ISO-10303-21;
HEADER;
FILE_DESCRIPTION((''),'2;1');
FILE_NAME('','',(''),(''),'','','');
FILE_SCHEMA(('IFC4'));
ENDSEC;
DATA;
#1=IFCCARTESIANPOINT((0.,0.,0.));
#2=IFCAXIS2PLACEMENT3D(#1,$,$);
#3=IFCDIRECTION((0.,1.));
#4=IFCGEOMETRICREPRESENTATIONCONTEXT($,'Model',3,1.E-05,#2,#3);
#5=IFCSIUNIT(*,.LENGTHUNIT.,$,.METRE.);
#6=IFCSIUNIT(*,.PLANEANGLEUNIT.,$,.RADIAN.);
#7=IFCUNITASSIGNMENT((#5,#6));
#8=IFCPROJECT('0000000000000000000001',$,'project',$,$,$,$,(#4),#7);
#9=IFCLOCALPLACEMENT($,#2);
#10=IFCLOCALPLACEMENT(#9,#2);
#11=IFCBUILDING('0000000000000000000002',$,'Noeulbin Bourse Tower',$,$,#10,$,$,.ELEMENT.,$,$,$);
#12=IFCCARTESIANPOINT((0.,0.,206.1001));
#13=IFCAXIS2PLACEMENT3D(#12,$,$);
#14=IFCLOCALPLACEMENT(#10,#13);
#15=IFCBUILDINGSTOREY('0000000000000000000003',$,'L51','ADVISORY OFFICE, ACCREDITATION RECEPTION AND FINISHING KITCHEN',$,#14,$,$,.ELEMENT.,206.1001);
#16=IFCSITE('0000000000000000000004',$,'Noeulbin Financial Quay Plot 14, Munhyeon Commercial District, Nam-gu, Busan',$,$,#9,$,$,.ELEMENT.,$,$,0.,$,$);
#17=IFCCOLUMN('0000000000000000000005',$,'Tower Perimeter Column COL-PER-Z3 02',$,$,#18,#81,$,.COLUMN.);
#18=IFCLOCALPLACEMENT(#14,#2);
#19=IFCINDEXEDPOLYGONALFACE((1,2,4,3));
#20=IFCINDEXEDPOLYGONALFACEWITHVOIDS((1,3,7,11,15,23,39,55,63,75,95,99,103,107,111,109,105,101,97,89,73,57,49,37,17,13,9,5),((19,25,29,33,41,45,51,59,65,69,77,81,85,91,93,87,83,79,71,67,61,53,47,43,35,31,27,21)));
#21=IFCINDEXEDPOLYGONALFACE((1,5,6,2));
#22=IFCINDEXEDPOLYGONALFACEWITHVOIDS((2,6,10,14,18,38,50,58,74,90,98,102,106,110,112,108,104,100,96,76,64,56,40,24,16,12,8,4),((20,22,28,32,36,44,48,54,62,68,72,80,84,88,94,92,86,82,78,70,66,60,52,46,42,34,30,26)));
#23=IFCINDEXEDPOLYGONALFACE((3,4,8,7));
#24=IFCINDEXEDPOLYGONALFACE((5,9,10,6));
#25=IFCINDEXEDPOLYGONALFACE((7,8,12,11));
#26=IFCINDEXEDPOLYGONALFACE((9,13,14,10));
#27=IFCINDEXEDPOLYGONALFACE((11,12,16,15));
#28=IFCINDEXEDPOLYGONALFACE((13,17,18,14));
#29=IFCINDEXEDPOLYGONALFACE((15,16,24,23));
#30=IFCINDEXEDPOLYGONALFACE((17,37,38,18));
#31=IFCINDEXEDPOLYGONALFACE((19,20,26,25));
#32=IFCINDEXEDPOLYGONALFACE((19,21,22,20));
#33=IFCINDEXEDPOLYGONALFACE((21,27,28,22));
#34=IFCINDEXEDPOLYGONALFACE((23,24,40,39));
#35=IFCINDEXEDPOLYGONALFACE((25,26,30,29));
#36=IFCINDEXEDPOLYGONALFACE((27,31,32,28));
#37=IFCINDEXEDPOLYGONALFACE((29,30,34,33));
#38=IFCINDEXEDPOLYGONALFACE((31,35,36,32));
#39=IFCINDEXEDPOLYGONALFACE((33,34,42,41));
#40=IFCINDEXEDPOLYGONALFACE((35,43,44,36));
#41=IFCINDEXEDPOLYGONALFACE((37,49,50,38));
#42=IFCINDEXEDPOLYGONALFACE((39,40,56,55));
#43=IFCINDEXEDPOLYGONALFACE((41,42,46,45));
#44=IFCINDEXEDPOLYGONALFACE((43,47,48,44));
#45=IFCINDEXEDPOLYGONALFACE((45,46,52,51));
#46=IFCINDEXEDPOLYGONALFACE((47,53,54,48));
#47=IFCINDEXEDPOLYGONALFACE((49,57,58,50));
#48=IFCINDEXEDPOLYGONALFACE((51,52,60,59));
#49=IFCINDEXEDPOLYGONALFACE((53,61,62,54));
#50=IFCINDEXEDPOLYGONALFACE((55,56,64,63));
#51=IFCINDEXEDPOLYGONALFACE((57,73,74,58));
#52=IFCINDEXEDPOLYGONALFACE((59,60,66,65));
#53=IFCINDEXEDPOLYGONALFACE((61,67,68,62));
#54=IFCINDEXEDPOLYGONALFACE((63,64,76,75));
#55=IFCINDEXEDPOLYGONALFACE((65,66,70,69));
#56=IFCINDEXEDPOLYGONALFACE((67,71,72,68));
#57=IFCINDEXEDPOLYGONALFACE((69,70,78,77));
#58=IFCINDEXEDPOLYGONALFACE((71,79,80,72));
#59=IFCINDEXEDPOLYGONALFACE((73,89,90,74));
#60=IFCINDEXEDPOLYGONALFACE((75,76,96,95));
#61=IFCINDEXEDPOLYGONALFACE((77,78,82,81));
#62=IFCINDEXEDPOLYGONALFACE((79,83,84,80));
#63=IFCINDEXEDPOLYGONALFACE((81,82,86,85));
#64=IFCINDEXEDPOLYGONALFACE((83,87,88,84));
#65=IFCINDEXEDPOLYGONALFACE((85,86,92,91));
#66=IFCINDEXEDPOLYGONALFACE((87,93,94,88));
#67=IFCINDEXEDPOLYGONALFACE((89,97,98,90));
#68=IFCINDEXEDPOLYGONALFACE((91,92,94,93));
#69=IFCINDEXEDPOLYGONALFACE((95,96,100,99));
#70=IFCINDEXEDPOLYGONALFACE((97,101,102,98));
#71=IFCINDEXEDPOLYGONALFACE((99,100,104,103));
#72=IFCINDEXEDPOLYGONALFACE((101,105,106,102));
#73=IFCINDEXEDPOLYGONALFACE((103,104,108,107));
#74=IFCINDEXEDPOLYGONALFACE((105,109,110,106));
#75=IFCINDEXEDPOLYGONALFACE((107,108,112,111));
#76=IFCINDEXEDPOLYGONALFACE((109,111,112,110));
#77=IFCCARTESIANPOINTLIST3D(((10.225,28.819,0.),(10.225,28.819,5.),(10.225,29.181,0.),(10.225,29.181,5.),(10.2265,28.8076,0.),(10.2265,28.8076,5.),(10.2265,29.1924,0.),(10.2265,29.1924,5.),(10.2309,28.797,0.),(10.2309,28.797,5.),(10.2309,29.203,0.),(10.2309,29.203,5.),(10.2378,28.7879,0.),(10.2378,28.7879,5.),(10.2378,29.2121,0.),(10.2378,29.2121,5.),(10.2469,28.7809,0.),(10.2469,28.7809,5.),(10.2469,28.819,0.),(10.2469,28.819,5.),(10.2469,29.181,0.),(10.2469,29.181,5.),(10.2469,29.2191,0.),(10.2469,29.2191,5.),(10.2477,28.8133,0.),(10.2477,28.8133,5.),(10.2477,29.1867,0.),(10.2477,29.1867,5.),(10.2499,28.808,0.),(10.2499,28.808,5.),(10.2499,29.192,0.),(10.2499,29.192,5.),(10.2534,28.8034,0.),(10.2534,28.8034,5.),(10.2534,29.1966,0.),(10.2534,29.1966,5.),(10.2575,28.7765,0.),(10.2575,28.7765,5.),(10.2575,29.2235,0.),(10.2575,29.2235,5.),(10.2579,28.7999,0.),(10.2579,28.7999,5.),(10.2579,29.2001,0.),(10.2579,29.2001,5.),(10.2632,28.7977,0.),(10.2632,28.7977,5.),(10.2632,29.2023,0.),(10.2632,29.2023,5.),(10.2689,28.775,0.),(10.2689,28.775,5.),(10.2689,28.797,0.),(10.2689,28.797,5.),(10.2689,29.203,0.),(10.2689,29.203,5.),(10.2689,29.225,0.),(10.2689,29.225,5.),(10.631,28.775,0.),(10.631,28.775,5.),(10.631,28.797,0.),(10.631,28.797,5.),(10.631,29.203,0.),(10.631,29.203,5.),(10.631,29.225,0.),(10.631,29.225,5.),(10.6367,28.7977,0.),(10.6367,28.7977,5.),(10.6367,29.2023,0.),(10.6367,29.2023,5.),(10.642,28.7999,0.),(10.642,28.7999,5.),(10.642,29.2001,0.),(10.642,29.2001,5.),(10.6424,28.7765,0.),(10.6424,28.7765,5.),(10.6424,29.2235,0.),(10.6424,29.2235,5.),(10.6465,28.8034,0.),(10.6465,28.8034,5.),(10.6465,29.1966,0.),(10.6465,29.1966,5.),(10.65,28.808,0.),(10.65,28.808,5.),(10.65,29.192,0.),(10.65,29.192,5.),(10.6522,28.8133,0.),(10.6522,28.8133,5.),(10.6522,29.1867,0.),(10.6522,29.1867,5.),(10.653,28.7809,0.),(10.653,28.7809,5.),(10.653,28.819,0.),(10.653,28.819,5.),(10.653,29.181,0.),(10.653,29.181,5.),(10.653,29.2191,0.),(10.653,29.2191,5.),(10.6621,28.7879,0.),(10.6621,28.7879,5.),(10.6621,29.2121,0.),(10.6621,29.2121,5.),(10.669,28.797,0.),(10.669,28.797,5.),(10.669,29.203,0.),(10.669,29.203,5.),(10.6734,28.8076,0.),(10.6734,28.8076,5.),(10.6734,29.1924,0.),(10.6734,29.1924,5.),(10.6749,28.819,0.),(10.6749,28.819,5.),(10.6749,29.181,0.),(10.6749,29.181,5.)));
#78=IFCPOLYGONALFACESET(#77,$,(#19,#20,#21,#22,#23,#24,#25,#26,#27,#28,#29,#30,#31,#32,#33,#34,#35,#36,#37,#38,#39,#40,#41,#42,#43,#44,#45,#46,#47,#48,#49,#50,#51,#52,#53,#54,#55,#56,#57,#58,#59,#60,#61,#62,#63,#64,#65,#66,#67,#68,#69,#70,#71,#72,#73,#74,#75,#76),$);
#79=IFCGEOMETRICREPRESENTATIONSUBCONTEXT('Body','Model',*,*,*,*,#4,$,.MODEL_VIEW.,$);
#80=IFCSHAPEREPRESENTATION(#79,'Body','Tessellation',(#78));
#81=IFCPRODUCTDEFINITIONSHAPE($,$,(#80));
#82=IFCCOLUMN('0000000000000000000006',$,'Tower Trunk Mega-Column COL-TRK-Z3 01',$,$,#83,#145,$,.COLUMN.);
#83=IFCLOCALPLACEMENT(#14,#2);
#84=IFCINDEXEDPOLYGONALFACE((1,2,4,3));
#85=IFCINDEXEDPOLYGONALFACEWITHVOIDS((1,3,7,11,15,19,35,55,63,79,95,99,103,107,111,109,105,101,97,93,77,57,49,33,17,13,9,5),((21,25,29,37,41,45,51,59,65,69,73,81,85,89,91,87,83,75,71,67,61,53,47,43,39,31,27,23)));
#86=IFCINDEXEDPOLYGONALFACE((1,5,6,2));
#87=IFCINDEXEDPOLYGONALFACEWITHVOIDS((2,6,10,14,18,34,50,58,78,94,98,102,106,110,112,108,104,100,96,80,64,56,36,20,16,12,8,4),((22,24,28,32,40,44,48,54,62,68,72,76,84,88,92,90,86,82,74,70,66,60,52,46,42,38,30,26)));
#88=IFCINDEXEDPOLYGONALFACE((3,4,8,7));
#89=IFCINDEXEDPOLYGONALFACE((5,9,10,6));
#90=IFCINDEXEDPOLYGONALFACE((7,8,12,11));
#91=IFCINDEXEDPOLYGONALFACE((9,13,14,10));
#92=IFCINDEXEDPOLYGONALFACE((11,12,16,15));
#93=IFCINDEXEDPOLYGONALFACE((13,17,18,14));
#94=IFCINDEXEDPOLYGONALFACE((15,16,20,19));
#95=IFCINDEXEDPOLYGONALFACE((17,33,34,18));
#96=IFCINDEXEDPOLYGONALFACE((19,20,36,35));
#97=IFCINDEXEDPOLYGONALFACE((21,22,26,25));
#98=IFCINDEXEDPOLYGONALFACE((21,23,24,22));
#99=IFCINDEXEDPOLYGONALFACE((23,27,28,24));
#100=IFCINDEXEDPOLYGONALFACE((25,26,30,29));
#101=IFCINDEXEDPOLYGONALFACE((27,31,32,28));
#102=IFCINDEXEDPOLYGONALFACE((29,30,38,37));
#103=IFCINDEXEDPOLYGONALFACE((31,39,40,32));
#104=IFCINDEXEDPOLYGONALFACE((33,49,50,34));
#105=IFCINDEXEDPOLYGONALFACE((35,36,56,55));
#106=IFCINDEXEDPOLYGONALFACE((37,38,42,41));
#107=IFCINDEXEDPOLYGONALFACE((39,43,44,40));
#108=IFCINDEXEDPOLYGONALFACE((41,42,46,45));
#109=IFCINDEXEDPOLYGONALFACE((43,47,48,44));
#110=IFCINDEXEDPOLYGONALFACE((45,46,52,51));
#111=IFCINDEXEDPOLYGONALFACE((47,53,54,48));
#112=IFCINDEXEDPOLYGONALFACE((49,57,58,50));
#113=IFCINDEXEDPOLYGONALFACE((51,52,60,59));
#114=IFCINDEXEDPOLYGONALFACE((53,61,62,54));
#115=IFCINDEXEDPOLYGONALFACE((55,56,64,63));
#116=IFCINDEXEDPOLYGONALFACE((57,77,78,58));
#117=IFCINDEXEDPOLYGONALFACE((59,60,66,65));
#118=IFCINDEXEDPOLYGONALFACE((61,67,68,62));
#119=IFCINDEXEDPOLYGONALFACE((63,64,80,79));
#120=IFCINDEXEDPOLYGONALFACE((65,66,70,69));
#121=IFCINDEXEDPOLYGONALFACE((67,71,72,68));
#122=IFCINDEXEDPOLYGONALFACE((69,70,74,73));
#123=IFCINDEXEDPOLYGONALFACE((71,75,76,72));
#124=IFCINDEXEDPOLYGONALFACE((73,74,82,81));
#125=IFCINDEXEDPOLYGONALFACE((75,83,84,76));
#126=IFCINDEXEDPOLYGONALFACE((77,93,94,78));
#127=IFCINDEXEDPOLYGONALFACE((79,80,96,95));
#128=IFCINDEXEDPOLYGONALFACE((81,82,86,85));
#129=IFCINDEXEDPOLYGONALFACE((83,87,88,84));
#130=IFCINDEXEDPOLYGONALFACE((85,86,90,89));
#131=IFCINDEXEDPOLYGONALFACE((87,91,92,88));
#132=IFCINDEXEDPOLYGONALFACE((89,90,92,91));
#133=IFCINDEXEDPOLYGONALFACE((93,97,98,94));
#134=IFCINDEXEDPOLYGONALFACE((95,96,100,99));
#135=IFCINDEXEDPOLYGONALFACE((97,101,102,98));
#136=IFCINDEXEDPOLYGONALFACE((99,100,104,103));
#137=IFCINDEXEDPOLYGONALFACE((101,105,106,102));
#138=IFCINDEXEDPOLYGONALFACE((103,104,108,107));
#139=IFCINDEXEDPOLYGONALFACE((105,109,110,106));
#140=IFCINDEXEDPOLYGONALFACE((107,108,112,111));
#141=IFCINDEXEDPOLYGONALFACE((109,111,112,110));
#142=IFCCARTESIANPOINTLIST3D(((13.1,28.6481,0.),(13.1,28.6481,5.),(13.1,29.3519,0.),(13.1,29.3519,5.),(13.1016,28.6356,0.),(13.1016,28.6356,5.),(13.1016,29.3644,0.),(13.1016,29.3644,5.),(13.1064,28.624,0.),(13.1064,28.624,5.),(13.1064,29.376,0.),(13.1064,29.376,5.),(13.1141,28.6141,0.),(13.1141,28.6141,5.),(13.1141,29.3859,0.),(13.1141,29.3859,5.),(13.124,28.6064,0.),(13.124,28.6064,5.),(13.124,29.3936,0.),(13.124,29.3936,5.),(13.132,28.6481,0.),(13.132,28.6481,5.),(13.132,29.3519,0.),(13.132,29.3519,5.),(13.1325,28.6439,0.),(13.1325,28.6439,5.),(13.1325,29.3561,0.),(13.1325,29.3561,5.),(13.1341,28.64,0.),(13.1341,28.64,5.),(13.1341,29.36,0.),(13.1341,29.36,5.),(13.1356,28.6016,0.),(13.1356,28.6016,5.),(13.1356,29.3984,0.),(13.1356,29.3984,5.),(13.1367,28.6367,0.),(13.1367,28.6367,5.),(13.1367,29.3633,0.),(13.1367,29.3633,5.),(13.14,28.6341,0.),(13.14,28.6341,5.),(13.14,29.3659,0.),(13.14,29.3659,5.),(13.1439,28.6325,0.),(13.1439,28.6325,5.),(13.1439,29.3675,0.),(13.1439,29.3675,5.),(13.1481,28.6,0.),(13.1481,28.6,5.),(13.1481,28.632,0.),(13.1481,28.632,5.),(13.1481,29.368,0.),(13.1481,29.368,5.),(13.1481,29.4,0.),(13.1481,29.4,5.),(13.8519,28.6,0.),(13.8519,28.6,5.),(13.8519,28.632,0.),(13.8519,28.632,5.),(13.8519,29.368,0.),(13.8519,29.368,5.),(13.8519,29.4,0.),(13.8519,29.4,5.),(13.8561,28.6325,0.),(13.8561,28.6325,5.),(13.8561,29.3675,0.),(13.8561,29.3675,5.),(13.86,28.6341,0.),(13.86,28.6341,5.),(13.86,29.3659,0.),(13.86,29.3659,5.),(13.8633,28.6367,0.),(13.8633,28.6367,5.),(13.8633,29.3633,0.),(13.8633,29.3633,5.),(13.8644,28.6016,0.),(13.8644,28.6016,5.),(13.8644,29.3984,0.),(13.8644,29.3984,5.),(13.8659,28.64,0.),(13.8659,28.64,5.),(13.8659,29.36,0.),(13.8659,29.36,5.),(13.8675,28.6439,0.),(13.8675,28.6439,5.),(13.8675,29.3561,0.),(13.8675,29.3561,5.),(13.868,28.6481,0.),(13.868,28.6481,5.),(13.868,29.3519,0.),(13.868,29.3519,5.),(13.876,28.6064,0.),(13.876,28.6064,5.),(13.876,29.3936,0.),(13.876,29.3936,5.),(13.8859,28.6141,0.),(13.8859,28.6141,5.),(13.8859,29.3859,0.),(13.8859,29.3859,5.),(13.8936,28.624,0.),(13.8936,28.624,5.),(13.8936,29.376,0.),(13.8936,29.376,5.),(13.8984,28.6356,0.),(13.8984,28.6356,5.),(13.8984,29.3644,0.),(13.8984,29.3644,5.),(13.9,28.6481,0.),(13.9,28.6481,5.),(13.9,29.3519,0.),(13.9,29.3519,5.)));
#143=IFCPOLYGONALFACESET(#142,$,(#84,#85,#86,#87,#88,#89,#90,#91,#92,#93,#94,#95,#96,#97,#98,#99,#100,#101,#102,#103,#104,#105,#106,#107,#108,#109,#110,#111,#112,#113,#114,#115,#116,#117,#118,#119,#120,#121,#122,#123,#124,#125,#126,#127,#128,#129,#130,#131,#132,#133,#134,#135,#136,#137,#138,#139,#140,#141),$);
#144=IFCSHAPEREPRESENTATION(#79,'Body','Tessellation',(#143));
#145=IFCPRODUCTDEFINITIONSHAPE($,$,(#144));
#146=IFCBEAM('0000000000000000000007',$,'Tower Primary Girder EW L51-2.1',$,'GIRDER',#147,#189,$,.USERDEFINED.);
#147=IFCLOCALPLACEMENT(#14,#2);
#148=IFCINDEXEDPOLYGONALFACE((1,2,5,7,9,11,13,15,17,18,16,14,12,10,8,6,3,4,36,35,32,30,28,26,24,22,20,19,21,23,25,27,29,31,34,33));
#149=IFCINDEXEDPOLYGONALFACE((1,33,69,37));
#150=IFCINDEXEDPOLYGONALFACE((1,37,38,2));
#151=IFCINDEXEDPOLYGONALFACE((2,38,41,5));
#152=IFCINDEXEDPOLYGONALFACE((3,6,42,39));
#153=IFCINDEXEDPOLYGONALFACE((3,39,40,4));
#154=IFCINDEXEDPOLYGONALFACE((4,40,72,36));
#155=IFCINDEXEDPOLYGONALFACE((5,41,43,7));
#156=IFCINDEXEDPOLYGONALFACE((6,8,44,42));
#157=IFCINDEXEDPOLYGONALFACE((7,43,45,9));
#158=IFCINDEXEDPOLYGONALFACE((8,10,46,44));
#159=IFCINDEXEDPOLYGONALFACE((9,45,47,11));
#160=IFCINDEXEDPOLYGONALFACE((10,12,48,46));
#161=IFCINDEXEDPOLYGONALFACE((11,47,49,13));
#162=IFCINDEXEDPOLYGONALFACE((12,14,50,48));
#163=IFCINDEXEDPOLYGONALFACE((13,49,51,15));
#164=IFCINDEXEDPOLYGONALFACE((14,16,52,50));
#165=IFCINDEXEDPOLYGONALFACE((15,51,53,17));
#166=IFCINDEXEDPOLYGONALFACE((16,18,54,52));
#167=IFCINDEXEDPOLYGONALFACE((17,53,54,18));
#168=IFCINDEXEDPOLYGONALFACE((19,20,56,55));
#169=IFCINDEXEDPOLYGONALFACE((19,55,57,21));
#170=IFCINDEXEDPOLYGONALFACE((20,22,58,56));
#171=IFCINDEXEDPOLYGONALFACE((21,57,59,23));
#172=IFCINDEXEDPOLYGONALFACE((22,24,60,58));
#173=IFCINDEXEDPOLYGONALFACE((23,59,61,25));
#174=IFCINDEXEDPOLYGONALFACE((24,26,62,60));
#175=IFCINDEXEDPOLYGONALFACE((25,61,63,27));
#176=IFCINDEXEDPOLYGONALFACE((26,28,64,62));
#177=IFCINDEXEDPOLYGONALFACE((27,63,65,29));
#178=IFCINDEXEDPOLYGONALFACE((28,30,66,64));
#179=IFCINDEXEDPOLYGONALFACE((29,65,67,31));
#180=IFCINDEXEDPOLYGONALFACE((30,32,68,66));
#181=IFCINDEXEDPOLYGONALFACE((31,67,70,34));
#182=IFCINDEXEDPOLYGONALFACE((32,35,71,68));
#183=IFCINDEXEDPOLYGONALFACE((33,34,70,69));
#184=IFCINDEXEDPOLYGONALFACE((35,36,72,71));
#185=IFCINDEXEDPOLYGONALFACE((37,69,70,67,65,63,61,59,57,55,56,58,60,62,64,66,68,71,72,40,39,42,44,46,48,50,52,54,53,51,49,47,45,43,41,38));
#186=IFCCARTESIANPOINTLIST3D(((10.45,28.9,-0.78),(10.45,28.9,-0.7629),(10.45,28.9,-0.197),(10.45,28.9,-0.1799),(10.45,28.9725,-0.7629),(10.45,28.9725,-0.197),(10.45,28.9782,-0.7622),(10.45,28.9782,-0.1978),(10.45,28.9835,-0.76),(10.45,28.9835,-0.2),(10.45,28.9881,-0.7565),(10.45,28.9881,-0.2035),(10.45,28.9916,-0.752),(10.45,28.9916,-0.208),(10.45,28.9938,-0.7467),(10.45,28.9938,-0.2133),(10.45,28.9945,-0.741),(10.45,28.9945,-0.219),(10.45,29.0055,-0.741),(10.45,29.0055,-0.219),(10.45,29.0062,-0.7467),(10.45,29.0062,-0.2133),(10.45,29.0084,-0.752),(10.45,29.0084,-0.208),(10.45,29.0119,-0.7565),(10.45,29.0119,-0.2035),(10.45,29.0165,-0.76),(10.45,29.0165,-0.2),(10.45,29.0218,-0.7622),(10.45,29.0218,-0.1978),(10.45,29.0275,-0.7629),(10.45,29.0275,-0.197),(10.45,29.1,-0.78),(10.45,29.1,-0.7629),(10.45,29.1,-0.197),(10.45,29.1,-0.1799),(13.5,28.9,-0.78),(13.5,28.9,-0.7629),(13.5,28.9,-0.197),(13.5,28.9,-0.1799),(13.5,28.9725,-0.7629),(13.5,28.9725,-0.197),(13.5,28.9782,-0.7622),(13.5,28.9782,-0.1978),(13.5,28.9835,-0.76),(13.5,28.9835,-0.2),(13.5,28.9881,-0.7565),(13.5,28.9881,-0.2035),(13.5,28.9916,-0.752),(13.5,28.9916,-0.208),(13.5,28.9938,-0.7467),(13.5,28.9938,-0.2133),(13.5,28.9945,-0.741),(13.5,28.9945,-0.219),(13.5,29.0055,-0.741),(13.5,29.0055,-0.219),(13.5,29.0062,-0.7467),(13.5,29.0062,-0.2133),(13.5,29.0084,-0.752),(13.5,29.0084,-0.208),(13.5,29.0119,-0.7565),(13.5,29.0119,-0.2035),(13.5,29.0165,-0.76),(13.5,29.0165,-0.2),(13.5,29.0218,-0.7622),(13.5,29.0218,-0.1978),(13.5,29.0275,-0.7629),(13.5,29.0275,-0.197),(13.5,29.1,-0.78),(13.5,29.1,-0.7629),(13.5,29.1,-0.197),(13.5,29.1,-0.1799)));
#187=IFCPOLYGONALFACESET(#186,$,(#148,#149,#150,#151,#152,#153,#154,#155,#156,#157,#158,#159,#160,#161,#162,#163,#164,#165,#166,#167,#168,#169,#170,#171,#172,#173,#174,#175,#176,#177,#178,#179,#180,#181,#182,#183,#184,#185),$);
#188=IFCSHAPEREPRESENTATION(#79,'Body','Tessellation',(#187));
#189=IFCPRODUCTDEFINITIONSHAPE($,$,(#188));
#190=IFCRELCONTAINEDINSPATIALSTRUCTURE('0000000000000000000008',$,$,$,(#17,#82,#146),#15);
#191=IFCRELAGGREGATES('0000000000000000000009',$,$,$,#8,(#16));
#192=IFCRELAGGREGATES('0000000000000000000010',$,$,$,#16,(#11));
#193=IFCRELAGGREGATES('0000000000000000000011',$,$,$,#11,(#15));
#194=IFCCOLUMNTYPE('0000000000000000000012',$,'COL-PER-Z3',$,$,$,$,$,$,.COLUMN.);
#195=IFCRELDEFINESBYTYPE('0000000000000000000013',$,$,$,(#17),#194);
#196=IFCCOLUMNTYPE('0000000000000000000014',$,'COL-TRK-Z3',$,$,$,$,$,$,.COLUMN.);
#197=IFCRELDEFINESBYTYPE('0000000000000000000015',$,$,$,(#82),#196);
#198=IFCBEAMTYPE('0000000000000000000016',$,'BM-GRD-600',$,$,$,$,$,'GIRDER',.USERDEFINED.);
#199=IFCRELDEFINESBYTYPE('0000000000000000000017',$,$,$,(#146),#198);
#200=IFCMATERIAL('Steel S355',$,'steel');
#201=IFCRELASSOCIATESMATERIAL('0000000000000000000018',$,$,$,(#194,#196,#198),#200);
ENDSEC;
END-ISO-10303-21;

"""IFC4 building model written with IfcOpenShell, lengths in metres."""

from ifc_helpers import new_model, si_unit, direction, frame, origin, origin_2d, place, context, subcontext, project, spatial, hollow_rectangle, i_section, extrude, material, material_profile, profile_set, type_object, element, save


model = new_model("IFC4")

# Units and contexts
model_context = context("Model", 3, precision=1e-05, world=origin(), true_north=direction((0.0, 1.0)))
body_context = subcontext(model_context, "Body", "Model", "MODEL_VIEW")
ifc_project = project(units=[si_unit("LENGTHUNIT", "METRE"), si_unit("PLANEANGLEUNIT", "RADIAN")], contexts=[model_context])

# Site, building, storey
site_placement = place(None, origin())
site = spatial("IfcSite", under=ifc_project, at=site_placement, Name="Noeulbin Financial Quay Plot 14, Munhyeon Commercial District, Nam-gu, Busan", CompositionType="ELEMENT", RefElevation=0.0)
building_placement = place(site_placement, origin())
building = spatial("IfcBuilding", under=site, at=building_placement, Name="Noeulbin Bourse Tower", CompositionType="ELEMENT")
storey_placement = place(building_placement, frame((0.0, 0.0, 206.1001)))
storey = spatial("IfcBuildingStorey", under=building, at=storey_placement, Name="L51", Description="ADVISORY OFFICE, ACCREDITATION RECEPTION AND FINISHING KITCHEN", CompositionType="ELEMENT", Elevation=206.1001)

# Columns
ifc_material_1 = material(Name="Steel S355", Category="steel")
ifc_material_profile_1 = material_profile(ifc_material_1, hollow_rectangle(XDim=0.45, YDim=0.45, WallThickness=0.022, InnerFilletRadius=0.022, OuterFilletRadius=0.0439, at=origin_2d()), Name="SHS-450x450x22", Category="LoadBearing")
ifc_profile_set_1 = profile_set([ifc_material_profile_1], Name="Steel S355")
column_type_1 = type_object("IfcColumnType", Name="COL-PER-Z3", PredefinedType="COLUMN", material=ifc_profile_set_1)
column_1_placement = place(storey_placement, frame((10.45, 29.0, 0.0), z_axis=(0.0, 0.0, 1.0), x_axis=(1.0, 0.0, 0.0)))
element("IfcColumn", 1, at=column_1_placement, inside=storey, type_object=column_type_1, Name="Tower Perimeter Column COL-PER-Z3 02", PredefinedType="COLUMN", context=body_context, shape_type="SweptSolid", body=[
    extrude(hollow_rectangle(XDim=0.45, YDim=0.45, WallThickness=0.022, InnerFilletRadius=0.022, OuterFilletRadius=0.0439, at=origin_2d()), origin(), (0.0, 0.0, 1.0), 5.0),
])
ifc_material_profile_2 = material_profile(ifc_material_1, hollow_rectangle(XDim=0.8, YDim=0.8, WallThickness=0.032, InnerFilletRadius=0.0161, OuterFilletRadius=0.0481, at=origin_2d()), Name="BOX-800x800x32", Category="LoadBearing")
ifc_profile_set_2 = profile_set([ifc_material_profile_2], Name="Steel S355")
column_type_2 = type_object("IfcColumnType", Name="COL-TRK-Z3", PredefinedType="COLUMN", material=ifc_profile_set_2)
column_2_placement = place(storey_placement, frame((13.5, 29.0, 0.0), z_axis=(0.0, 0.0, 1.0), x_axis=(1.0, 0.0, 0.0)))
element("IfcColumn", 2, at=column_2_placement, inside=storey, type_object=column_type_2, Name="Tower Trunk Mega-Column COL-TRK-Z3 01", PredefinedType="COLUMN", context=body_context, shape_type="SweptSolid", body=[
    extrude(hollow_rectangle(XDim=0.8, YDim=0.8, WallThickness=0.032, InnerFilletRadius=0.0161, OuterFilletRadius=0.0481, at=origin_2d()), origin(), (0.0, 0.0, 1.0), 5.0),
])

# Beam
ifc_material_profile_3 = material_profile(ifc_material_1, i_section(OverallWidth=0.2, OverallDepth=0.6001, WebThickness=0.011, FlangeThickness=0.0171, FilletRadius=0.022, at=origin_2d()), Name="H-600x200x11x17", Category="LoadBearing")
ifc_profile_set_3 = profile_set([ifc_material_profile_3], Name="Steel S355")
beam_type_1 = type_object("IfcBeamType", Name="BM-GRD-600", ElementType="GIRDER", PredefinedType="USERDEFINED", material=ifc_profile_set_3)
beam_placement = place(storey_placement, frame((10.45, 29.0, -0.48), z_axis=(1.0, 0.0, 0.0), x_axis=(0.0, 1.0, 0.0)))
element("IfcBeam", 3, at=beam_placement, inside=storey, type_object=beam_type_1, Name="Tower Primary Girder EW L51-2.1", ObjectType="GIRDER", PredefinedType="USERDEFINED", context=body_context, shape_type="SweptSolid", body=[
    extrude(i_section(OverallWidth=0.2, OverallDepth=0.6001, WebThickness=0.011, FlangeThickness=0.0171, FilletRadius=0.022, at=origin_2d()), origin(), (0.0, 0.0, 1.0), 3.05),
])

save(model, "model.ifc")
